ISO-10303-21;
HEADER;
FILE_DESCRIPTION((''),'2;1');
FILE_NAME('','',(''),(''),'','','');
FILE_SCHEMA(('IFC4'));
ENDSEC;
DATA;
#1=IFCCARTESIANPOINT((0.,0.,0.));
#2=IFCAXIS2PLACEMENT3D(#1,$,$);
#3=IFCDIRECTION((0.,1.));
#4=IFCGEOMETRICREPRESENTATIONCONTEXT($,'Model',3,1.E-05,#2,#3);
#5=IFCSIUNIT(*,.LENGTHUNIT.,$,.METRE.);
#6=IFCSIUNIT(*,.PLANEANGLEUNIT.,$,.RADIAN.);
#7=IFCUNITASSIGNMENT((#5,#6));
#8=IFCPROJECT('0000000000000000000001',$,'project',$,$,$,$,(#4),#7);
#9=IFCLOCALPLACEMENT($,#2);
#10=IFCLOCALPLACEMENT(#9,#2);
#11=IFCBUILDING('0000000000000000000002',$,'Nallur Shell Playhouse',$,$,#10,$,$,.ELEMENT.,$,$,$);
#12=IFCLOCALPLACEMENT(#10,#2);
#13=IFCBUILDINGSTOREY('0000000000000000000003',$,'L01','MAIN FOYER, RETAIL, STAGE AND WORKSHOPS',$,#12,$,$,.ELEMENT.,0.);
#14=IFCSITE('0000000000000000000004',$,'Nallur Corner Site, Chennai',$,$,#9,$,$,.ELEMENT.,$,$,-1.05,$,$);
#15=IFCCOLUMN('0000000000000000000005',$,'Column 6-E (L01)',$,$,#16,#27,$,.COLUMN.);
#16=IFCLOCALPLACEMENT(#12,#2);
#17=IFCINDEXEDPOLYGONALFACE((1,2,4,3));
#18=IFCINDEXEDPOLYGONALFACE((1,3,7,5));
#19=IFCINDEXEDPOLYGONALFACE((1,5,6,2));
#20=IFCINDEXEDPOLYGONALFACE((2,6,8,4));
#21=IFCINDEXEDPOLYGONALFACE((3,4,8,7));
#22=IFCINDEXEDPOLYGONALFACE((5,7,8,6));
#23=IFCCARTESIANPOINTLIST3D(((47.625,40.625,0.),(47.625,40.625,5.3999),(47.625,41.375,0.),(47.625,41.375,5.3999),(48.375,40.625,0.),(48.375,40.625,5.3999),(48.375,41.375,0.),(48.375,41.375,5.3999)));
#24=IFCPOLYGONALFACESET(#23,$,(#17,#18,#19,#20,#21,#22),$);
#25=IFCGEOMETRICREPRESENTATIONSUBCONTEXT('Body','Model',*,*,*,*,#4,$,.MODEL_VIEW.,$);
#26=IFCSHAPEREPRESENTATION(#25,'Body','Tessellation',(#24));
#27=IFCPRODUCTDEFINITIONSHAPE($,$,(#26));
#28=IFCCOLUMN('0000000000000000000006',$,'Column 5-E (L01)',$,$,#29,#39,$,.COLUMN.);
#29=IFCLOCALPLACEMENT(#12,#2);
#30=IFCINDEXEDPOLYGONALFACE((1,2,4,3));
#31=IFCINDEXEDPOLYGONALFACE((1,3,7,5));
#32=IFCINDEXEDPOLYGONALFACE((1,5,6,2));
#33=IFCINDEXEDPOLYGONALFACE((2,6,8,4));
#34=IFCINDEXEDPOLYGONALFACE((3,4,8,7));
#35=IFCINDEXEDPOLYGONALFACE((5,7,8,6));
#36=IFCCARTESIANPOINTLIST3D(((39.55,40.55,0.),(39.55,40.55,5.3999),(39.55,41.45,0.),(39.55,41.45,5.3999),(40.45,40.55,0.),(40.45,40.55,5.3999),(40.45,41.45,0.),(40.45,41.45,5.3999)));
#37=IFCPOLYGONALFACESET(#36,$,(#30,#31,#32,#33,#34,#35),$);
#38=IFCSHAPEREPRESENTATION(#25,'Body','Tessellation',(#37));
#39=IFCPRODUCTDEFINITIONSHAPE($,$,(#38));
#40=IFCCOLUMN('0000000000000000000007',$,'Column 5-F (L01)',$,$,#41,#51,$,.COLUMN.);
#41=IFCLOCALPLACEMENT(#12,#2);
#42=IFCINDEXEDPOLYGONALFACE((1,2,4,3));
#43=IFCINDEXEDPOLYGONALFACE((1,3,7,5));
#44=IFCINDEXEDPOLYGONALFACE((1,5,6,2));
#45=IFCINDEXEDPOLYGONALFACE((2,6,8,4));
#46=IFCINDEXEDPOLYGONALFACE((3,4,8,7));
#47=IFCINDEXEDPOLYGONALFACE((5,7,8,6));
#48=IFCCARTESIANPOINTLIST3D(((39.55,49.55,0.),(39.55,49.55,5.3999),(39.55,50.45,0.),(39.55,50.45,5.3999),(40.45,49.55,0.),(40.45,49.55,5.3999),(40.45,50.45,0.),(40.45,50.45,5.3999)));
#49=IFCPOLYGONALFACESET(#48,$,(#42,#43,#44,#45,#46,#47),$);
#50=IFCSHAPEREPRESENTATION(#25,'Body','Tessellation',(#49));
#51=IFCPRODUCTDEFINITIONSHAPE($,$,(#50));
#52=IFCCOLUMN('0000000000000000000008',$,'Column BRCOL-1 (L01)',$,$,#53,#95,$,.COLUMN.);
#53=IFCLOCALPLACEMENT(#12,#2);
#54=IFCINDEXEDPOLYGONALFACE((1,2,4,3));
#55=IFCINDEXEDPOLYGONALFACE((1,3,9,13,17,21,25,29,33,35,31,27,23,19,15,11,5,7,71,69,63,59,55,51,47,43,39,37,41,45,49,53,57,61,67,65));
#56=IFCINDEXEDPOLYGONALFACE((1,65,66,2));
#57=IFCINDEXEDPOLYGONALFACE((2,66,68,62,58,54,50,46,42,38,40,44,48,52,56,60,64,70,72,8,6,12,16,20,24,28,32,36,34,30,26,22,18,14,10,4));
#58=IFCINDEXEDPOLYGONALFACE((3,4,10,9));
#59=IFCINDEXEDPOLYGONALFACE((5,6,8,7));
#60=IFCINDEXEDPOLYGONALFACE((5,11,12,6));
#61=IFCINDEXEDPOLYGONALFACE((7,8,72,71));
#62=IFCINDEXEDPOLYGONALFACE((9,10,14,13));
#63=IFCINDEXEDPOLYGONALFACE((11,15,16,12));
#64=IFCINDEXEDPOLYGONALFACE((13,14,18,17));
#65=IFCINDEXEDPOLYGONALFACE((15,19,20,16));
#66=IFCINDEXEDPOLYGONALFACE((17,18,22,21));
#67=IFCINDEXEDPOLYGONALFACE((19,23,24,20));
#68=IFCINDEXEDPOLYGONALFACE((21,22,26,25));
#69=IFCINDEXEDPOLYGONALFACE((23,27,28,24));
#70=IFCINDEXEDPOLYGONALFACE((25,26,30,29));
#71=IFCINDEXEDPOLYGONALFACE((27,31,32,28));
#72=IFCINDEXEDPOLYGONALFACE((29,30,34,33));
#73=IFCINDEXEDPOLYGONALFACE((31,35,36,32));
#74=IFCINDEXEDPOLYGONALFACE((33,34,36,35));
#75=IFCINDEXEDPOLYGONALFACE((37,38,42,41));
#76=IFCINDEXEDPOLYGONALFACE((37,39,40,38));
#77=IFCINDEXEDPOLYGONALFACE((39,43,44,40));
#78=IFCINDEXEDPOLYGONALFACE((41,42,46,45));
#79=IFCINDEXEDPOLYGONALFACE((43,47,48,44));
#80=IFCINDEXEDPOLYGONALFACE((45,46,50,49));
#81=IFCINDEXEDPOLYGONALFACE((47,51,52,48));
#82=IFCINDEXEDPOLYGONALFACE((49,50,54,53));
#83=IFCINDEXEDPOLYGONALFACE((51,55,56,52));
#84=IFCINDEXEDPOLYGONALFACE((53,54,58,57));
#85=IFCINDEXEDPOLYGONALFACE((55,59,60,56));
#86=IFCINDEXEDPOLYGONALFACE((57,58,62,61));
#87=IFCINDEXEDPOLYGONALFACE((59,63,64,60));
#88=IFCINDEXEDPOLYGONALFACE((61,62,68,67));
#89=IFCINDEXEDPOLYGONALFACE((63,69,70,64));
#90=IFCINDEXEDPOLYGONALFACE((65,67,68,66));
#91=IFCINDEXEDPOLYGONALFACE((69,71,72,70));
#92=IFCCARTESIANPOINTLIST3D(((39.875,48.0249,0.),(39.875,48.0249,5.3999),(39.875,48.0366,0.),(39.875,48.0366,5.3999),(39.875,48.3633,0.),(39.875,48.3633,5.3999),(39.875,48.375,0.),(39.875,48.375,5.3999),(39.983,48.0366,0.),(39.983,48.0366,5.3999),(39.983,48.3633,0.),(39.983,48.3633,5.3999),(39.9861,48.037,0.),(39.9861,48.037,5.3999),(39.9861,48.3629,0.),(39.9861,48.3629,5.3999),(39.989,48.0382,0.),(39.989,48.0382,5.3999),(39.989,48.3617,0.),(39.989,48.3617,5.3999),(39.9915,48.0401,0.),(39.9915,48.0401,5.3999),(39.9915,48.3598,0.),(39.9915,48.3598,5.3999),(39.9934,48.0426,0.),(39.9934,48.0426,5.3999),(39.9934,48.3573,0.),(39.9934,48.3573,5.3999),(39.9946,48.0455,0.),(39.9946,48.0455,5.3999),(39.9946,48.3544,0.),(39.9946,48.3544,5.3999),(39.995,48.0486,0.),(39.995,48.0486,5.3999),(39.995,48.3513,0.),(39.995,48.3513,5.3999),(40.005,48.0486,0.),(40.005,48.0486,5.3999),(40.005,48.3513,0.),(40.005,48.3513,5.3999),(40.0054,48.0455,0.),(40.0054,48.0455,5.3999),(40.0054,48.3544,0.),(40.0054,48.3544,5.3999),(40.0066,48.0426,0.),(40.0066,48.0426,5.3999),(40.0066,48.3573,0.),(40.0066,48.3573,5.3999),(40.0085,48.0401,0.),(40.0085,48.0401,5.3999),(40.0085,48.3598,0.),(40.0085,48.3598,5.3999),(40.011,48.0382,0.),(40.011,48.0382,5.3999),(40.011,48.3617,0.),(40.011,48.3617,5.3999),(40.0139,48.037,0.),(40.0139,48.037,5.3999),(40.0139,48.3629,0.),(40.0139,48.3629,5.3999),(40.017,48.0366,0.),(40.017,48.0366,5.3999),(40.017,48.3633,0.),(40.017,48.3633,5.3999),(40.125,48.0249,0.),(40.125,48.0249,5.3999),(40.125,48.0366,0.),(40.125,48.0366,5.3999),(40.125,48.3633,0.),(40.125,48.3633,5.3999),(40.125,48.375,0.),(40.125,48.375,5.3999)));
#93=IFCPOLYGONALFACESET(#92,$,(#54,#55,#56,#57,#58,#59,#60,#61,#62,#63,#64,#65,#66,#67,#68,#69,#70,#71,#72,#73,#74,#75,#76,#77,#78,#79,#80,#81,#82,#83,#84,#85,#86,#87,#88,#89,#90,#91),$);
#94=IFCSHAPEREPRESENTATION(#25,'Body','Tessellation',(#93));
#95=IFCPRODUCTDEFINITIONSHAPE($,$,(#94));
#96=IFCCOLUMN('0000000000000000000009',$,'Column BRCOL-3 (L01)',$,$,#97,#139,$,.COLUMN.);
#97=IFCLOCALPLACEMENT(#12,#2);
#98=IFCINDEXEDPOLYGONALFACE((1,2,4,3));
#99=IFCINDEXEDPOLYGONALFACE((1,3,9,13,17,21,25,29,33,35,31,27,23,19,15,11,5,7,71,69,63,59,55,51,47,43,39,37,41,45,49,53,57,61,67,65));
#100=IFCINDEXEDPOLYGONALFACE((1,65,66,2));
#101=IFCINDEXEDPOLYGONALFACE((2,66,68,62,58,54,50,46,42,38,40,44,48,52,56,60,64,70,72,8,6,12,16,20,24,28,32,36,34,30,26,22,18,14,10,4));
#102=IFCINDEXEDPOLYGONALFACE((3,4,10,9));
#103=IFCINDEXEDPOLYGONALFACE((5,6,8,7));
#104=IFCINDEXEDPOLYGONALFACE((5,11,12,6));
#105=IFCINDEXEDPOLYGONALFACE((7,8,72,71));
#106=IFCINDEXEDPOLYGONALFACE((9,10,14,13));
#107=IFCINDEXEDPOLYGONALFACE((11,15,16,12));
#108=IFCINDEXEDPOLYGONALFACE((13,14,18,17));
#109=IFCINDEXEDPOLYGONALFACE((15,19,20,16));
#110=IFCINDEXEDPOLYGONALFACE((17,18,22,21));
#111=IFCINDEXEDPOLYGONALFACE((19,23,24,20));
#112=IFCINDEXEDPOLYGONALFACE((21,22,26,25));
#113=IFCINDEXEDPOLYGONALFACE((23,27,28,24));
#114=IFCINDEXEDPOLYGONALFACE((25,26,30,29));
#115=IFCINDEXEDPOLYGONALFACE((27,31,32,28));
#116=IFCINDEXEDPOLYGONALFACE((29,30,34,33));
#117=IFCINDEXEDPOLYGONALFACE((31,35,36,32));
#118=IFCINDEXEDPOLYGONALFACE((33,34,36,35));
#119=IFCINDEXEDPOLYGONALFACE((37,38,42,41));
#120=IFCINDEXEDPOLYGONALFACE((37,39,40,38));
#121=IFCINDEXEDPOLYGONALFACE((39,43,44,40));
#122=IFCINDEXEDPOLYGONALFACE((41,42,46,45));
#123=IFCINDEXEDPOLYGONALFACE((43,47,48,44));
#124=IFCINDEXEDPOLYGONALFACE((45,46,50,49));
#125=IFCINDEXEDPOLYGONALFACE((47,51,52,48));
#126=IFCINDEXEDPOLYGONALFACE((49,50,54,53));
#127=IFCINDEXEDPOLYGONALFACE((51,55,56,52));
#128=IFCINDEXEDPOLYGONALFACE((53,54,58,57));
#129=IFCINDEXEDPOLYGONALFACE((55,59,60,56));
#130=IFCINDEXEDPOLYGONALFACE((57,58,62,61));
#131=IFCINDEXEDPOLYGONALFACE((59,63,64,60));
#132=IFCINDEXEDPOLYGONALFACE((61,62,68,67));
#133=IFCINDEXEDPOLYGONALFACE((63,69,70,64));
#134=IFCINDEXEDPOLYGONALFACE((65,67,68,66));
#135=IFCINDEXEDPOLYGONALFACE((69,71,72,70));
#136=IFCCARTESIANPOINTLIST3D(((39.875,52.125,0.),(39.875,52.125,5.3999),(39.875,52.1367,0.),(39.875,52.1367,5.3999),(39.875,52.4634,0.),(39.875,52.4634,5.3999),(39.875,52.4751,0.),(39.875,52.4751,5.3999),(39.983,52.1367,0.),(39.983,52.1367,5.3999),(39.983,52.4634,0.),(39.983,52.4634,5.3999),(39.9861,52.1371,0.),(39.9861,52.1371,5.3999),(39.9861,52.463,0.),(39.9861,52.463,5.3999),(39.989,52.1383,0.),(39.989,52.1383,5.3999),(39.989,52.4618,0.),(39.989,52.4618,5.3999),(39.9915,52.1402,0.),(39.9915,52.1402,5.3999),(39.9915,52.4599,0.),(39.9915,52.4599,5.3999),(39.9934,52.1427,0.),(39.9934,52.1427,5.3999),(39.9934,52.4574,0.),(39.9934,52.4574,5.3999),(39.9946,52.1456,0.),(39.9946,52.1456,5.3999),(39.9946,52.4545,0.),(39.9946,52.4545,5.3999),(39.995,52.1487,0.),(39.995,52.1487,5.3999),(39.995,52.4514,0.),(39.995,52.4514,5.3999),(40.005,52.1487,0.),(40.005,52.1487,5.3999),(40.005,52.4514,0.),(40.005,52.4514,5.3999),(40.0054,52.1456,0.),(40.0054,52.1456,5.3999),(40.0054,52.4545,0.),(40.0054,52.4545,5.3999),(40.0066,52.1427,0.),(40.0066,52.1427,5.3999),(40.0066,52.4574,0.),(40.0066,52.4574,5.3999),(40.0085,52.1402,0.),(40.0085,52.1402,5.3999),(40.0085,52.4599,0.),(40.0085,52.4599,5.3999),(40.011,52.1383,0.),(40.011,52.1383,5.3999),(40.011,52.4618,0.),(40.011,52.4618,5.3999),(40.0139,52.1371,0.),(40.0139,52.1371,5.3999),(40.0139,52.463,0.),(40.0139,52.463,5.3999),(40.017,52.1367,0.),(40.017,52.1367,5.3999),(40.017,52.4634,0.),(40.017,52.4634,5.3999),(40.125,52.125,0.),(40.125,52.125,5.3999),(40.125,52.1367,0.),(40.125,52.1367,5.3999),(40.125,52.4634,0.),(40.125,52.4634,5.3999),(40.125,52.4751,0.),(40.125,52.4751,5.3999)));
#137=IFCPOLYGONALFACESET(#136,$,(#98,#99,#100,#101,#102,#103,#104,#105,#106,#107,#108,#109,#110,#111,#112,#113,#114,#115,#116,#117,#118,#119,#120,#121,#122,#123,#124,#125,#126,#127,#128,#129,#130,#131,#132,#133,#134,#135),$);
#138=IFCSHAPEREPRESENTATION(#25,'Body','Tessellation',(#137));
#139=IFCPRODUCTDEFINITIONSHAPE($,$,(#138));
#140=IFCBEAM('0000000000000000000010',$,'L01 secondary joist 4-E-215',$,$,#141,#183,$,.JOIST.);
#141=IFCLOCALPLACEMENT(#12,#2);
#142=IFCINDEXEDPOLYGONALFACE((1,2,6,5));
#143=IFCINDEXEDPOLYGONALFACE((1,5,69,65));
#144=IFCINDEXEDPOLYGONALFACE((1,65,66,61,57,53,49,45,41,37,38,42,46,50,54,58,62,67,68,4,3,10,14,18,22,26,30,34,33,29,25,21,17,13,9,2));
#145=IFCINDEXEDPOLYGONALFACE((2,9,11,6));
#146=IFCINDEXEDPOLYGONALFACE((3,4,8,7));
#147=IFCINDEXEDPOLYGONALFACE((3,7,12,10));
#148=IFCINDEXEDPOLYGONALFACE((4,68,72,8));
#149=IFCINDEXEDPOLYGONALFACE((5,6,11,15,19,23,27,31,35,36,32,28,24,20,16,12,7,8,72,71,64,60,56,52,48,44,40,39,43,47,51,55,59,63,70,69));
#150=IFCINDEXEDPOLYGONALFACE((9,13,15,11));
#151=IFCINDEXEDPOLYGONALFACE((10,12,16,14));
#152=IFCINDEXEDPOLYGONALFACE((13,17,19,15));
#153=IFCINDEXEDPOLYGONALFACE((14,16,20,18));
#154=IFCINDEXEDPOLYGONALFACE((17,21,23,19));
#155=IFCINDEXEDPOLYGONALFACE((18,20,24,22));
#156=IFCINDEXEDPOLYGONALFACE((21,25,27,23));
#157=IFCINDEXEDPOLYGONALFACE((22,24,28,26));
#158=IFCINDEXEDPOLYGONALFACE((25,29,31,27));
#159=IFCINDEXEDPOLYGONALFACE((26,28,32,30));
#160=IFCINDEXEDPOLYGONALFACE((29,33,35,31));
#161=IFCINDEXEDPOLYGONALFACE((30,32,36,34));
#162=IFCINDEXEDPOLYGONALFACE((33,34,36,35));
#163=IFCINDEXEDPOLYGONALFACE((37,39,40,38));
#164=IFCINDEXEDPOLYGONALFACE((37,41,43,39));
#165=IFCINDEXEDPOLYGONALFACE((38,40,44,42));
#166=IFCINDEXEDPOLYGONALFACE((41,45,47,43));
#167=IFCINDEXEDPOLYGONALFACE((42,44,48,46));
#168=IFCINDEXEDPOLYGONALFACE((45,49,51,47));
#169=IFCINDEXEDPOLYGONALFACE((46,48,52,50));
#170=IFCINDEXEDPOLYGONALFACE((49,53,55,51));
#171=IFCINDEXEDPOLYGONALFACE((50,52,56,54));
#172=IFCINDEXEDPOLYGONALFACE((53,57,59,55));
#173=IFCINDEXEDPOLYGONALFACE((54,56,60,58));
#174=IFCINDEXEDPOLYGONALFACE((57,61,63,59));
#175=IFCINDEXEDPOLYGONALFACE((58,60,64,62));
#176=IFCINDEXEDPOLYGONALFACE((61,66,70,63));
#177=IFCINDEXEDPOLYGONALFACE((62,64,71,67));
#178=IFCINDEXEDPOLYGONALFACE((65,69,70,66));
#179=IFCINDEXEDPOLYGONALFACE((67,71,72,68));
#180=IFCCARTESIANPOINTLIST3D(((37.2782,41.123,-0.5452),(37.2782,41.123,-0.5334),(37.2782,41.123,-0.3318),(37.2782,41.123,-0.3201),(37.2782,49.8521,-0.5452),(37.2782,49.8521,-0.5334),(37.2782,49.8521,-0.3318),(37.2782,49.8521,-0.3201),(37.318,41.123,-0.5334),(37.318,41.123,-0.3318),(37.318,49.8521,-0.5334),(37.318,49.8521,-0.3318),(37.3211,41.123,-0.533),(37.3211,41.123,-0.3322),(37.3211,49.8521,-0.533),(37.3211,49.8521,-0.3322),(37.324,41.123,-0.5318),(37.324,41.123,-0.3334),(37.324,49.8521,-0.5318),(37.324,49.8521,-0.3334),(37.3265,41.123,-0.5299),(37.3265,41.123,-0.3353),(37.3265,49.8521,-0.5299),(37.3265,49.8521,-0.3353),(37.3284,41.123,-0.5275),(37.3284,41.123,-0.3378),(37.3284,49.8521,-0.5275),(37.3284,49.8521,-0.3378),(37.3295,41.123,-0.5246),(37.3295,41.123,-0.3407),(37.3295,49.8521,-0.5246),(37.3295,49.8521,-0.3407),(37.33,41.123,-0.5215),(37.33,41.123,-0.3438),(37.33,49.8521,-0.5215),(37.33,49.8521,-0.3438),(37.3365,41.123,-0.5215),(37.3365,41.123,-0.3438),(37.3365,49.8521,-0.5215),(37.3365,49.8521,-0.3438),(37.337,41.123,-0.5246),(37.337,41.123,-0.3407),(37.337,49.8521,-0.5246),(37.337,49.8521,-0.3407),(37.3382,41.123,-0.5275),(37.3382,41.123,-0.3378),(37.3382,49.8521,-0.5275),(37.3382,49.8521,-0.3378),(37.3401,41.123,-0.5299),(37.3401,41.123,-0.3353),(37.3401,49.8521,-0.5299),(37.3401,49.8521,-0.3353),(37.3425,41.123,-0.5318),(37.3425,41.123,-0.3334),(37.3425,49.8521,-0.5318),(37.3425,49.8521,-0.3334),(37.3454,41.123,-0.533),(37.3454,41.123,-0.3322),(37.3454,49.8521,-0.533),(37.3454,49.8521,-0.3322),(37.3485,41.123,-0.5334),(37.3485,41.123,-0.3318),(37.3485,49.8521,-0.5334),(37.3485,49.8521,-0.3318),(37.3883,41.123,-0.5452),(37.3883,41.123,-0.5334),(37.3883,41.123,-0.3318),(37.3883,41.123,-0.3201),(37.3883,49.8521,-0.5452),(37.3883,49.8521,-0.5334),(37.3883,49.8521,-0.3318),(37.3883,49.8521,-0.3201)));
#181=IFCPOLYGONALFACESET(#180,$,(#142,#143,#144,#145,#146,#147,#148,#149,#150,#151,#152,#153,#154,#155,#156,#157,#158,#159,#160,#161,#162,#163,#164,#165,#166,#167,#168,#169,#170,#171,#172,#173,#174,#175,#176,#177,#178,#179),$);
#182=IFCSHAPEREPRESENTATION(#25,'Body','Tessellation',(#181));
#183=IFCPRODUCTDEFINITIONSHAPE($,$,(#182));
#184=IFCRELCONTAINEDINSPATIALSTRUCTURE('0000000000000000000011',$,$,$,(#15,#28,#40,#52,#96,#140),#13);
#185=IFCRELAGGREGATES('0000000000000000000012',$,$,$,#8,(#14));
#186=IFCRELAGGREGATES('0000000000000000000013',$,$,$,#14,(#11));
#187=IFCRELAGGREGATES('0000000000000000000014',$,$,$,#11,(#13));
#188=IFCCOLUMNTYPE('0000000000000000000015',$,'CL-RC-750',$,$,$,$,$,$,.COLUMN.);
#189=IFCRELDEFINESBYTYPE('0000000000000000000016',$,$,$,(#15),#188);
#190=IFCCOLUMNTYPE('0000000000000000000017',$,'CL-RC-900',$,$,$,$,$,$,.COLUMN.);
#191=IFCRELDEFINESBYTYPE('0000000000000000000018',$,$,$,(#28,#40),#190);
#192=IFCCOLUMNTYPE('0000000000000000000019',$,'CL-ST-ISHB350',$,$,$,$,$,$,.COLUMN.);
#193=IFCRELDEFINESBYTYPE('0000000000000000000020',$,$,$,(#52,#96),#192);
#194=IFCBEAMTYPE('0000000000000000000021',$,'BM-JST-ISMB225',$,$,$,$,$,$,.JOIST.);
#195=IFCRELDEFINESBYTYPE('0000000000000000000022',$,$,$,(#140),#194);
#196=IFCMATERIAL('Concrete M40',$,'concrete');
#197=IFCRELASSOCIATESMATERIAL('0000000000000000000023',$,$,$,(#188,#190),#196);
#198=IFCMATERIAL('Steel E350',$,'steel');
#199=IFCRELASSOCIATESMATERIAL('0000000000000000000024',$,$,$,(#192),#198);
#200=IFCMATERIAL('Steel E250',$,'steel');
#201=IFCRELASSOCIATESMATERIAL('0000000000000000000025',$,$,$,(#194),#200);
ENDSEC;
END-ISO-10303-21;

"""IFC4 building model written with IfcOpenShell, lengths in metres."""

from ifc_helpers import new_model, si_unit, direction, frame, origin, origin_2d, place, context, subcontext, project, spatial, rectangle, i_section, extrude, material, material_profile, profile_set, type_object, element, save


model = new_model("IFC4")

# Units and contexts
model_context = context("Model", 3, precision=1e-05, world=origin(), true_north=direction((0.0, 1.0)))
body_context = subcontext(model_context, "Body", "Model", "MODEL_VIEW")
ifc_project = project(units=[si_unit("LENGTHUNIT", "METRE"), si_unit("PLANEANGLEUNIT", "RADIAN")], contexts=[model_context])

# Site, building, storey
site_placement = place(None, origin())
site = spatial("IfcSite", under=ifc_project, at=site_placement, Name="Nallur Corner Site, Chennai", CompositionType="ELEMENT", RefElevation=-1.05)
building_placement = place(site_placement, origin())
building = spatial("IfcBuilding", under=site, at=building_placement, Name="Nallur Shell Playhouse", CompositionType="ELEMENT")
storey_placement = place(building_placement, origin())
storey = spatial("IfcBuildingStorey", under=building, at=storey_placement, Name="L01", Description="MAIN FOYER, RETAIL, STAGE AND WORKSHOPS", CompositionType="ELEMENT", Elevation=0.0)

# Columns
ifc_material_1 = material(Name="Concrete M40", Category="concrete")
ifc_material_profile_1 = material_profile(ifc_material_1, rectangle(XDim=0.75, YDim=0.75, at=origin_2d()), Name="RC 750x750")
ifc_profile_set_1 = profile_set([ifc_material_profile_1], Name="Concrete M40")
column_type_1 = type_object("IfcColumnType", Name="CL-RC-750", PredefinedType="COLUMN", material=ifc_profile_set_1)
column_placement = place(storey_placement, frame((48.0, 41.0, 0.0), z_axis=(0.0, 0.0, 1.0), x_axis=(1.0, 0.0, 0.0)))
element("IfcColumn", 1, at=column_placement, inside=storey, type_object=column_type_1, Name="Column 6-E (L01)", PredefinedType="COLUMN", context=body_context, shape_type="SweptSolid", body=[
    extrude(rectangle(XDim=0.75, YDim=0.75, at=origin_2d()), origin(), (0.0, 0.0, 1.0), 5.3999),
])
ifc_material_profile_2 = material_profile(ifc_material_1, rectangle(XDim=0.8999, YDim=0.8999, at=origin_2d()), Name="RC 900x900")
ifc_profile_set_2 = profile_set([ifc_material_profile_2], Name="Concrete M40")
column_type_2 = type_object("IfcColumnType", Name="CL-RC-900", PredefinedType="COLUMN", material=ifc_profile_set_2)
for number, where, z_axis, x_axis, name in (
    (2, (40.0, 41.0, 0.0), (0.0, 0.0, 1.0), (1.0, 0.0, 0.0), "Column 5-E (L01)"),
    (3, (40.0, 50.0, 0.0), (0.0, 0.0, 1.0), (1.0, 0.0, 0.0), "Column 5-F (L01)"),
):
    element("IfcColumn", number, at=place(storey_placement, frame(where, z_axis=z_axis, x_axis=x_axis)), inside=storey, type_object=column_type_2, Name=name, PredefinedType="COLUMN", context=body_context, shape_type="SweptSolid", body=[
        extrude(rectangle(XDim=0.8999, YDim=0.8999, at=origin_2d()), origin(), (0.0, 0.0, 1.0), 5.3999),
    ])
ifc_material_2 = material(Name="Steel E350", Category="steel")
ifc_material_profile_3 = material_profile(ifc_material_2, i_section(OverallWidth=0.25, OverallDepth=0.3501, WebThickness=0.01, FlangeThickness=0.0117, FilletRadius=0.012, at=origin_2d()), Name="ISHB 350")
ifc_profile_set_3 = profile_set([ifc_material_profile_3], Name="Steel E350")
column_type_3 = type_object("IfcColumnType", Name="CL-ST-ISHB350", PredefinedType="COLUMN", material=ifc_profile_set_3)
for number, where, z_axis, x_axis, name in (
    (4, (40.0, 48.2, 0.0), (0.0, 0.0, 1.0), (1.0, 0.0, 0.0), "Column BRCOL-1 (L01)"),
    (5, (40.0, 52.3, 0.0), (0.0, 0.0, 1.0), (1.0, 0.0, 0.0), "Column BRCOL-3 (L01)"),
):
    element("IfcColumn", number, at=place(storey_placement, frame(where, z_axis=z_axis, x_axis=x_axis)), inside=storey, type_object=column_type_3, Name=name, PredefinedType="COLUMN", context=body_context, shape_type="SweptSolid", body=[
        extrude(i_section(OverallWidth=0.25, OverallDepth=0.3501, WebThickness=0.01, FlangeThickness=0.0117, FilletRadius=0.012, at=origin_2d()), origin(), (0.0, 0.0, 1.0), 5.3999),
    ])

# Beam
ifc_material_3 = material(Name="Steel E250", Category="steel")
ifc_material_profile_4 = material_profile(ifc_material_3, i_section(OverallWidth=0.1101, OverallDepth=0.2251, WebThickness=0.0066, FlangeThickness=0.0117, FilletRadius=0.012, at=origin_2d()), Name="ISMB 225")
ifc_profile_set_4 = profile_set([ifc_material_profile_4], Name="Steel E250")
beam_type_1 = type_object("IfcBeamType", Name="BM-JST-ISMB225", PredefinedType="JOIST", material=ifc_profile_set_4)
beam_1_placement = place(storey_placement, frame((37.3333, 41.123, -0.4326), z_axis=(0.0, 1.0, 0.0), x_axis=(-1.0, 0.0, 0.0)))
element("IfcBeam", 6, at=beam_1_placement, inside=storey, type_object=beam_type_1, Name="L01 secondary joist 4-E-215", PredefinedType="JOIST", context=body_context, shape_type="SweptSolid", body=[
    extrude(i_section(OverallWidth=0.1101, OverallDepth=0.2251, WebThickness=0.0066, FlangeThickness=0.0117, FilletRadius=0.012, at=origin_2d()), origin(), (0.0, 0.0, 1.0), 8.729),
])

save(model, "model.ifc")
